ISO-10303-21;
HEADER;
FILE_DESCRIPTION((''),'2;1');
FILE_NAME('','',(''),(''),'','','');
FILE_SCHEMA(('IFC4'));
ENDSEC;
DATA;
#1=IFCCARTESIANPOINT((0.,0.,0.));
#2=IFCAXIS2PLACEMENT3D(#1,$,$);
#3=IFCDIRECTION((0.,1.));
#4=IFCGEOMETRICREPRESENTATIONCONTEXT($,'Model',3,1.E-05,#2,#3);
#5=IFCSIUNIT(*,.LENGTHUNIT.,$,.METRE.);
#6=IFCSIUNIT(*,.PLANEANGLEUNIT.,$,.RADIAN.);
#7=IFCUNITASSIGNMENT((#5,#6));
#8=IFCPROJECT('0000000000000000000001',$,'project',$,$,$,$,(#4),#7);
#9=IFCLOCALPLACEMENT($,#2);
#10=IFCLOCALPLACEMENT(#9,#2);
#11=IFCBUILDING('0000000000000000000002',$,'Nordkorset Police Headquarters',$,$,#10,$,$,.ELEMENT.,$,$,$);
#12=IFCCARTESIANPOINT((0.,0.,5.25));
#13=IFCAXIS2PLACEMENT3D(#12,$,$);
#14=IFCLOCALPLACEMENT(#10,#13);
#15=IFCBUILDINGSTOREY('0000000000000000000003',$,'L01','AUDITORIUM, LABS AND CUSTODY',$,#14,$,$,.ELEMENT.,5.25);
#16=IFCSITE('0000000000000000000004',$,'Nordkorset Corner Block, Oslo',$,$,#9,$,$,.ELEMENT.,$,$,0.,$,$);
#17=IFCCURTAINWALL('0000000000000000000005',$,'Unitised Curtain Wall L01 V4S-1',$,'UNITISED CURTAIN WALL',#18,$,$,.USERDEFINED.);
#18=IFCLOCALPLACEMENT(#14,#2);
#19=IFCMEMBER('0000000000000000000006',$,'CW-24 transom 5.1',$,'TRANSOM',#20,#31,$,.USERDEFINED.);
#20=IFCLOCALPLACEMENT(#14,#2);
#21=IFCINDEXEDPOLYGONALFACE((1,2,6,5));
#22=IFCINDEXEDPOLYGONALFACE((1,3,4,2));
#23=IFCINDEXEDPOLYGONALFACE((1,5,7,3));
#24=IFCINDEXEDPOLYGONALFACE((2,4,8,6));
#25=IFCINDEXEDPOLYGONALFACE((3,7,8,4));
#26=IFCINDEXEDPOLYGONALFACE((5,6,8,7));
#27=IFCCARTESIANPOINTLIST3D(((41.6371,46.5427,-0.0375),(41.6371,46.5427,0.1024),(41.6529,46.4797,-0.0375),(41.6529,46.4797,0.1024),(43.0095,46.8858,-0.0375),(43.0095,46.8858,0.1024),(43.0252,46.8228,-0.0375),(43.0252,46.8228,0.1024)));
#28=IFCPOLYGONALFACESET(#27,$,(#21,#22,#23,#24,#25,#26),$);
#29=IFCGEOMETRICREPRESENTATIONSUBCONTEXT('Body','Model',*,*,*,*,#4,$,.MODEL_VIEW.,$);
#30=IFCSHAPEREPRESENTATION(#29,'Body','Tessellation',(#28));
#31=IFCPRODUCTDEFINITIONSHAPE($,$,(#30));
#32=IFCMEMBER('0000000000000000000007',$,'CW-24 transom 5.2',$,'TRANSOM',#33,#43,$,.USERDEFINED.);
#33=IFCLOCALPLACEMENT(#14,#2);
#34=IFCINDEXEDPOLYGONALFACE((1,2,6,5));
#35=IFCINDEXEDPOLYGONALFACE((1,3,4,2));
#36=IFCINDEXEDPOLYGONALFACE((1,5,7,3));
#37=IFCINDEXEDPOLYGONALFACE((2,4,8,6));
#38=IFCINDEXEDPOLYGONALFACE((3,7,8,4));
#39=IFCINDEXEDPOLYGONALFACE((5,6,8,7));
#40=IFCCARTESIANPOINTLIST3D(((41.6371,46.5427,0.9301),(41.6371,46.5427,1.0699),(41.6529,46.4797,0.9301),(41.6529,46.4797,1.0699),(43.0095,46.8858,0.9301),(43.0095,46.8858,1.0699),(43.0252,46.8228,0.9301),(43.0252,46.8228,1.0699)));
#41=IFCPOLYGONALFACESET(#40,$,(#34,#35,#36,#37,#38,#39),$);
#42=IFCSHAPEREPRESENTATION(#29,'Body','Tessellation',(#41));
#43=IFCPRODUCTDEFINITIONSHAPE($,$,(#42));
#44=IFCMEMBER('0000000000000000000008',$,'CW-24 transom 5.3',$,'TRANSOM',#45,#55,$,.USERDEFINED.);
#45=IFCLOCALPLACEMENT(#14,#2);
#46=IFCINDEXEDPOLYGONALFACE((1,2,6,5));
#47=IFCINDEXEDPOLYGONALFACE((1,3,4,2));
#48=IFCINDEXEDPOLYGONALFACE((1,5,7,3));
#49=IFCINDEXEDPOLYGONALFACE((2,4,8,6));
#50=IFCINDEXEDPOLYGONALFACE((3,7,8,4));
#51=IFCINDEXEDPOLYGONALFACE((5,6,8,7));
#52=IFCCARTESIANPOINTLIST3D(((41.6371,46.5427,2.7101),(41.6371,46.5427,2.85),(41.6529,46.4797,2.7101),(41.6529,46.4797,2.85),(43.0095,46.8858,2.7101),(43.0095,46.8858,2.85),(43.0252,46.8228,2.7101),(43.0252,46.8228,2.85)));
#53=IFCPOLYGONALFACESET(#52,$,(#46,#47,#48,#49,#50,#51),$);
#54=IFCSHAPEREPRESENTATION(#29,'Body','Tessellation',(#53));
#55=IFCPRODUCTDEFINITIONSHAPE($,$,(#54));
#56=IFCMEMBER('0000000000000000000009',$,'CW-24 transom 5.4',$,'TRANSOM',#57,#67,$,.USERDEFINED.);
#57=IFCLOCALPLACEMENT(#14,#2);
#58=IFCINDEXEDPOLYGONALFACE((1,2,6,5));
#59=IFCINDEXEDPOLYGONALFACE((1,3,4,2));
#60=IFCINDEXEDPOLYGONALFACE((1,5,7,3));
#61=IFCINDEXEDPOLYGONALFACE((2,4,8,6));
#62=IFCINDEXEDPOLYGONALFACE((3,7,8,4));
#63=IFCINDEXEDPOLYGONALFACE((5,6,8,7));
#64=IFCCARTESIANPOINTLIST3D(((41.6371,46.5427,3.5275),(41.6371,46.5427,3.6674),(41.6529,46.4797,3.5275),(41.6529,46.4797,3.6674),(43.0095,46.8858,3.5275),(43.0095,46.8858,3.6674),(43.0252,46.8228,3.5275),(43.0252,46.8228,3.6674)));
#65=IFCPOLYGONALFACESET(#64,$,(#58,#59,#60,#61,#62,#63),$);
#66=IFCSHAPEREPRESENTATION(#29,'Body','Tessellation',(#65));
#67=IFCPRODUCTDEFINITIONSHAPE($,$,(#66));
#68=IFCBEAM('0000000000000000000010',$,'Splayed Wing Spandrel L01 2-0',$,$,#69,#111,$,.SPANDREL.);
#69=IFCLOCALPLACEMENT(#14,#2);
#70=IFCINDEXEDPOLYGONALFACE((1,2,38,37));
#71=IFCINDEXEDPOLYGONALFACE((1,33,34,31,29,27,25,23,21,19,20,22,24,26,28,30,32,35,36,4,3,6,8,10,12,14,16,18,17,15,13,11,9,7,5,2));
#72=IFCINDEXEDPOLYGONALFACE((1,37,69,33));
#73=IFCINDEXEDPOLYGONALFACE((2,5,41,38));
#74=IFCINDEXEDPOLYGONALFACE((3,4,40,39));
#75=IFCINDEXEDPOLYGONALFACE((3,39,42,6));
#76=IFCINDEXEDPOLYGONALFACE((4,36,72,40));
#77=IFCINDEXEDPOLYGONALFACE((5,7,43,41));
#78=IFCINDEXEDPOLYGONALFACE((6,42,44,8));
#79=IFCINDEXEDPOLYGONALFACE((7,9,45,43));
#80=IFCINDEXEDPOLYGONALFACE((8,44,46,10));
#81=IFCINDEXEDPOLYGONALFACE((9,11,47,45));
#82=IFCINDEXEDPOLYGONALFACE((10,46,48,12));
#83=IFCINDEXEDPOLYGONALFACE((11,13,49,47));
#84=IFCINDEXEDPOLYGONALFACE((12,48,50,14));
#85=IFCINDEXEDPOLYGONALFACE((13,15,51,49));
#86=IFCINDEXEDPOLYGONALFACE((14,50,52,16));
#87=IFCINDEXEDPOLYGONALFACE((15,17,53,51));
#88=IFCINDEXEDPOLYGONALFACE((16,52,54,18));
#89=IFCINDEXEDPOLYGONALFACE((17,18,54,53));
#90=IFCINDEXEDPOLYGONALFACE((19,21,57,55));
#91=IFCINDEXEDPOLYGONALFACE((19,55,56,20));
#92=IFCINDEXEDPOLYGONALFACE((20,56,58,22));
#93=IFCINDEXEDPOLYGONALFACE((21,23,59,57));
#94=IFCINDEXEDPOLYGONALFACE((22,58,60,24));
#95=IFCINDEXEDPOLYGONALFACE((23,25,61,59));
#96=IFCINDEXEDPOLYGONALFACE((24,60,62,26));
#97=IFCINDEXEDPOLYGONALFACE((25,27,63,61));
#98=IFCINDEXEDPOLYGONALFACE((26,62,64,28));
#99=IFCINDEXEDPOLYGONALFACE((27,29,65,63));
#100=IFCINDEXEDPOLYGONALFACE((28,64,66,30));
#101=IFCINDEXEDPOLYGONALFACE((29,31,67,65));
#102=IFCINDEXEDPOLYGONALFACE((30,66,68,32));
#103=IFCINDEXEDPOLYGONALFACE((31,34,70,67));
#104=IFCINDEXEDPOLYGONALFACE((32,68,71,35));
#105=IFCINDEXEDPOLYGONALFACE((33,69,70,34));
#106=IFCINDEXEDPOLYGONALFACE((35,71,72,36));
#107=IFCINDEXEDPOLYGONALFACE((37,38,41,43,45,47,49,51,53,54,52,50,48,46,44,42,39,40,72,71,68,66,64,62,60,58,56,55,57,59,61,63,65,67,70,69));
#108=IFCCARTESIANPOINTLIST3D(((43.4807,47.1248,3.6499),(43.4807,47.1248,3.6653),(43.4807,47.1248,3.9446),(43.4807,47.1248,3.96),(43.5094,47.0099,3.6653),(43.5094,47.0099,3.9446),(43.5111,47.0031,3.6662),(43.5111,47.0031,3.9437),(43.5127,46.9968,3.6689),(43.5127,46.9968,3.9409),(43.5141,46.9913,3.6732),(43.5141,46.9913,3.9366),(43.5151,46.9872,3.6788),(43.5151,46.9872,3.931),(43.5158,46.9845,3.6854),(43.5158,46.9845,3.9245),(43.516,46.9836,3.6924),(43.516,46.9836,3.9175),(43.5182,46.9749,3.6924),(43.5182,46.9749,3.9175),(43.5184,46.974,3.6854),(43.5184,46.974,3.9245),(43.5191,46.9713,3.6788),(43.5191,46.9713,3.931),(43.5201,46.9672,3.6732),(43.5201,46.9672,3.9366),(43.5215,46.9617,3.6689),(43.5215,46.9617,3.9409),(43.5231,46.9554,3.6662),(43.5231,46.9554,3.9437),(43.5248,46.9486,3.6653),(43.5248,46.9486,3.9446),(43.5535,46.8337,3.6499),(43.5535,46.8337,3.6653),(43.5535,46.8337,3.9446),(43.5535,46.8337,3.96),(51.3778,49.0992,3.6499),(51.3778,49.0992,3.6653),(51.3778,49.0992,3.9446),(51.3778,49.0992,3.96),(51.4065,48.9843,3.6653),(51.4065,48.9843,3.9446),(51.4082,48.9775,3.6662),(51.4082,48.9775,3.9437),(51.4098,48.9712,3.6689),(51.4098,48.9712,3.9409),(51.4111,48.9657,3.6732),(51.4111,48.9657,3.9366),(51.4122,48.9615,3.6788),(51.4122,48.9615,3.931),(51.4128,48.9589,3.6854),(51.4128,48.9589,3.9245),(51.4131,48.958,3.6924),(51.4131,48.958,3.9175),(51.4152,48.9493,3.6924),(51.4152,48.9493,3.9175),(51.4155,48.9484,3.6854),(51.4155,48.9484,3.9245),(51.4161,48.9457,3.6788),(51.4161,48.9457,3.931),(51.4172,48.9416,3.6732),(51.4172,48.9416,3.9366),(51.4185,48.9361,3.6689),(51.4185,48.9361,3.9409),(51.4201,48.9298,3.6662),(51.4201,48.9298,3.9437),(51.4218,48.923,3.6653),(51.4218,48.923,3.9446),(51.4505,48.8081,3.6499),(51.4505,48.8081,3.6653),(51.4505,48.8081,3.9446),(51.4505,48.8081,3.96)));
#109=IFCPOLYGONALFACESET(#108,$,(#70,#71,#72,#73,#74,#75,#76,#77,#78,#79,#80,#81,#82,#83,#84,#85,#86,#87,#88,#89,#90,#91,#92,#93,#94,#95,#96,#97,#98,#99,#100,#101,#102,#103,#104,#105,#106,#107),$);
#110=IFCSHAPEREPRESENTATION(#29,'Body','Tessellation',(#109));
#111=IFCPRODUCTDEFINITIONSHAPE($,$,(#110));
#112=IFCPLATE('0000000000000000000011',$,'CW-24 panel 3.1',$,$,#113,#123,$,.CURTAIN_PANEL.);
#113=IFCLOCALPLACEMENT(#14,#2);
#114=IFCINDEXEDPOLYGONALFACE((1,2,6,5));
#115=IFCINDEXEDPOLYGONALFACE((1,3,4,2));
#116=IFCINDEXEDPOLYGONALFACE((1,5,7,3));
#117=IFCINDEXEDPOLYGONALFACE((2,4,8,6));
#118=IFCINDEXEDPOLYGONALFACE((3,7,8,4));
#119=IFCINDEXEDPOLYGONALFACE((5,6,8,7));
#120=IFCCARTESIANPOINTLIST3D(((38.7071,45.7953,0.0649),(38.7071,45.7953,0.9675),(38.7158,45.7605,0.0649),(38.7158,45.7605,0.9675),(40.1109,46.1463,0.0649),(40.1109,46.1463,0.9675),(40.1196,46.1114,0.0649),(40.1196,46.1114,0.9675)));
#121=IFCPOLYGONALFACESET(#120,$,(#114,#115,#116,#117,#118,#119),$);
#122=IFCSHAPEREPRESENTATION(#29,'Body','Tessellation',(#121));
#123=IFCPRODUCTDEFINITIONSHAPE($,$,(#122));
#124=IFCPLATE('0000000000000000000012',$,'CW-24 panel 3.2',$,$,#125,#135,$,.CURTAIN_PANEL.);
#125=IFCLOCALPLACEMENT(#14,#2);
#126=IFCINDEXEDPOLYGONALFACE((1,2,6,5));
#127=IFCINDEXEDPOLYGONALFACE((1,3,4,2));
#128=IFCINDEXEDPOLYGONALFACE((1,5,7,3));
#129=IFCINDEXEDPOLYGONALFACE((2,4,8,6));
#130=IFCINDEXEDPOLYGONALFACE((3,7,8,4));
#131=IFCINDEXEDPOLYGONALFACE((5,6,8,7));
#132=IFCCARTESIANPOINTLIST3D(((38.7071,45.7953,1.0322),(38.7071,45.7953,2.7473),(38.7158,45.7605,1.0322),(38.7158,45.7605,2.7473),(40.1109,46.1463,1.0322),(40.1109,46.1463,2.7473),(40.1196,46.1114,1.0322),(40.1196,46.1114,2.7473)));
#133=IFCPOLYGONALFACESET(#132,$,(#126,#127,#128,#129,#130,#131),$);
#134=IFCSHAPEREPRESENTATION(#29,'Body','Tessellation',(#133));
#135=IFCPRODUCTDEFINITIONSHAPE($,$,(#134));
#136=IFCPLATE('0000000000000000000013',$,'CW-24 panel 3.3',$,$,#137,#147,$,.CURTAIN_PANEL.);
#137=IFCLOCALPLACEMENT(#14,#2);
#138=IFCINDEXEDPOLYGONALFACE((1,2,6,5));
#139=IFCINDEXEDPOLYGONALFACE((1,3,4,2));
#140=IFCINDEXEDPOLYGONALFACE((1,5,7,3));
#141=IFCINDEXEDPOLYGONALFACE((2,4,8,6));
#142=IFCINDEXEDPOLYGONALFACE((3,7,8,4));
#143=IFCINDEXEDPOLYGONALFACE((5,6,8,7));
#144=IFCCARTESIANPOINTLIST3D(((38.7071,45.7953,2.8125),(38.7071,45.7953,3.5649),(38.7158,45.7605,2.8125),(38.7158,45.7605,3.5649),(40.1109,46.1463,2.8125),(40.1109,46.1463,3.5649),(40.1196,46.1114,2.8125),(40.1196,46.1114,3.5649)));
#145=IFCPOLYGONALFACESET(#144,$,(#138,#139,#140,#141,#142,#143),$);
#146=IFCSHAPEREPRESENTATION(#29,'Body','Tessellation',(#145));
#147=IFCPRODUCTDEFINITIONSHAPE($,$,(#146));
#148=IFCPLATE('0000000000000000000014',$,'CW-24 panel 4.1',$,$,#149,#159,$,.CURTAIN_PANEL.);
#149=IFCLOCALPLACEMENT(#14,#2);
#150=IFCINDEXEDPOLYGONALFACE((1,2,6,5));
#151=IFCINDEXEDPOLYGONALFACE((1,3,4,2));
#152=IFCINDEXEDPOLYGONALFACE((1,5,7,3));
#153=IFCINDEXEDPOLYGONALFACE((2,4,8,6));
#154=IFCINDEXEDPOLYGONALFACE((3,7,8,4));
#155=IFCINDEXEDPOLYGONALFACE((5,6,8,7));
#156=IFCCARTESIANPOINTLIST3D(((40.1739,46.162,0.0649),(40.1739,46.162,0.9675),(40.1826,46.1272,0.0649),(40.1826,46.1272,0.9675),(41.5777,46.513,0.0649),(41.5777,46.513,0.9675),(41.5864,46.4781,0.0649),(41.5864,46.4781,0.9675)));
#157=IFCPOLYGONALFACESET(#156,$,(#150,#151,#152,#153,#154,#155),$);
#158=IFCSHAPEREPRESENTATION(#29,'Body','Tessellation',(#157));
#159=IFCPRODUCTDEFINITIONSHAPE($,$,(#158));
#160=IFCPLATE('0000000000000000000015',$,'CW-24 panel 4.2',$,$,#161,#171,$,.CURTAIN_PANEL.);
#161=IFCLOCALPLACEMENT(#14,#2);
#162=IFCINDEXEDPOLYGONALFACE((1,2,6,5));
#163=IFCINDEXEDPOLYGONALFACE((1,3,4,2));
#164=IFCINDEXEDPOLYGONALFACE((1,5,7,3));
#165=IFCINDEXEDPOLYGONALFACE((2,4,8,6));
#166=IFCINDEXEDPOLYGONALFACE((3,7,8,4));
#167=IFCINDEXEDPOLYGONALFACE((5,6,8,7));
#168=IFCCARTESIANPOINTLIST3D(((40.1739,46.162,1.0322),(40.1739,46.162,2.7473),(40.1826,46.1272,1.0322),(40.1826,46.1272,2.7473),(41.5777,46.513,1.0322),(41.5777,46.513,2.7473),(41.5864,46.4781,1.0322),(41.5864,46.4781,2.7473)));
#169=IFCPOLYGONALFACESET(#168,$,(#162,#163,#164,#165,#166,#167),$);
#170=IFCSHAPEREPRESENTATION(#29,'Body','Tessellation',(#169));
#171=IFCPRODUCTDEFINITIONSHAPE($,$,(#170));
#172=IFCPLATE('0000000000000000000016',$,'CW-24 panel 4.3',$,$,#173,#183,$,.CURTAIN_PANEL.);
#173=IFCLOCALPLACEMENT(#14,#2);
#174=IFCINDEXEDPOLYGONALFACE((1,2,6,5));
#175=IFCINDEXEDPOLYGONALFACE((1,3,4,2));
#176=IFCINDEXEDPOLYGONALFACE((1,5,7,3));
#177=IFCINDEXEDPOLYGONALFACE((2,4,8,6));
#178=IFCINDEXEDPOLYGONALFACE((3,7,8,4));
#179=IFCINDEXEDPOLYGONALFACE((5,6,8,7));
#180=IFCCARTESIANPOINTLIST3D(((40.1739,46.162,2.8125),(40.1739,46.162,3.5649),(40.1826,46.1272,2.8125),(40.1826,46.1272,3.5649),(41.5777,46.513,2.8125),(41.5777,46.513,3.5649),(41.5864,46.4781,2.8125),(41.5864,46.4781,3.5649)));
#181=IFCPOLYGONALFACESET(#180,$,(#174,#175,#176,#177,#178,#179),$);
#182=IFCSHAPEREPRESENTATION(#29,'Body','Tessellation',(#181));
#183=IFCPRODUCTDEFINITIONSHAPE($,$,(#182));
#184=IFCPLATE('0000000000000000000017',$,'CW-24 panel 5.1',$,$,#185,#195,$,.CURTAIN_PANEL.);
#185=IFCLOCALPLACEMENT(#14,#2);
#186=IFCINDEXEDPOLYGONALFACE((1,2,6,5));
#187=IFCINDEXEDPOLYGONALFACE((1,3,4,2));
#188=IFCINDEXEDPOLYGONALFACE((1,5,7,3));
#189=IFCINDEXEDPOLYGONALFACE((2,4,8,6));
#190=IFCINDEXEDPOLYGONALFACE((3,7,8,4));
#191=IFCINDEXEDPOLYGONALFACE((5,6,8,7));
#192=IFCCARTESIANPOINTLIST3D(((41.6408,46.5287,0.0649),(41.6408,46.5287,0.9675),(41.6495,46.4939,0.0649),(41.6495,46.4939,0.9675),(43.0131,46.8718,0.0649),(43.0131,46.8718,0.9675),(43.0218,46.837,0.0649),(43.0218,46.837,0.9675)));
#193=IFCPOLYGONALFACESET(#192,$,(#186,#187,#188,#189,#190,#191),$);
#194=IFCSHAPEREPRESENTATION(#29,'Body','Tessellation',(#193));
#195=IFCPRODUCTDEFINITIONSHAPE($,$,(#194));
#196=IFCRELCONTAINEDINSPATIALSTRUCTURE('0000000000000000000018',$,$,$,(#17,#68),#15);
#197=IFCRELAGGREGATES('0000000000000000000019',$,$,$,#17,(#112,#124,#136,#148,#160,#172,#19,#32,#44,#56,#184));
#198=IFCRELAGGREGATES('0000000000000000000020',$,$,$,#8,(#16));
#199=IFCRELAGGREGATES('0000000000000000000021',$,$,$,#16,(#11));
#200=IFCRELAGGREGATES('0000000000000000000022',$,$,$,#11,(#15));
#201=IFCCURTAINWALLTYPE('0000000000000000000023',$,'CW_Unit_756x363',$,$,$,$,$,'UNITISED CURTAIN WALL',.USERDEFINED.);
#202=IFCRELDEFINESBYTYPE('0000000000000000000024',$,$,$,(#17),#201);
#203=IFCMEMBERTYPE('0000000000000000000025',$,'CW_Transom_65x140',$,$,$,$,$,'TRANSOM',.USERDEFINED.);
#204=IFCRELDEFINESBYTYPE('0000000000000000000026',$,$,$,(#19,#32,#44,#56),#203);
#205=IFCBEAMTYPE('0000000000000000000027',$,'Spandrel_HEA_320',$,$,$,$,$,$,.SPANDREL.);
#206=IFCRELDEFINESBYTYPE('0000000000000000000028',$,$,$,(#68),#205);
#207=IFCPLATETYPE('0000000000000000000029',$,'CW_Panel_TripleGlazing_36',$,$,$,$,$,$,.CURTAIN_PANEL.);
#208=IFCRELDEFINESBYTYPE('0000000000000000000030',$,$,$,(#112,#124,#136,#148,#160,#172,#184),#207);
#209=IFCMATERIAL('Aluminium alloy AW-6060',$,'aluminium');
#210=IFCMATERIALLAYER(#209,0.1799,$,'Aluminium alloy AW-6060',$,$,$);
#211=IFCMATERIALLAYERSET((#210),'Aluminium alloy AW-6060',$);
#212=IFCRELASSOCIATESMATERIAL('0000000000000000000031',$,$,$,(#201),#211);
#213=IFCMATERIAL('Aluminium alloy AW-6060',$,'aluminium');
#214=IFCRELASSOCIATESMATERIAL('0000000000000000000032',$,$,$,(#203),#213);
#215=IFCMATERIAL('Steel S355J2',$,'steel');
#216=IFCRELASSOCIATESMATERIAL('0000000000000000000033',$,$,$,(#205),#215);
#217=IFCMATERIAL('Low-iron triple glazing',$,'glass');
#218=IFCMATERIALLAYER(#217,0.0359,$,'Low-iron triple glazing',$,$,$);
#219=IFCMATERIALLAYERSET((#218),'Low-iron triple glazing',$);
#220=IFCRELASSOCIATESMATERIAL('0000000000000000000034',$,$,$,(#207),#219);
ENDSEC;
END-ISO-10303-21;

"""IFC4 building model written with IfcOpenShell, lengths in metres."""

from ifc_helpers import new_model, si_unit, direction, frame, origin, origin_2d, place, context, subcontext, project, spatial, rectangle, i_section, extrude, material, layer, layer_set, material_profile, profile_set, type_object, element, aggregate, save


model = new_model("IFC4")

# Units and contexts
model_context = context("Model", 3, precision=1e-05, world=origin(), true_north=direction((0.0, 1.0)))
body_context = subcontext(model_context, "Body", "Model", "MODEL_VIEW")
ifc_project = project(units=[si_unit("LENGTHUNIT", "METRE"), si_unit("PLANEANGLEUNIT", "RADIAN")], contexts=[model_context])

# Site, building, storey
site_placement = place(None, origin())
site = spatial("IfcSite", under=ifc_project, at=site_placement, Name="Nordkorset Corner Block, Oslo", CompositionType="ELEMENT", RefElevation=0.0)
building_placement = place(site_placement, origin())
building = spatial("IfcBuilding", under=site, at=building_placement, Name="Nordkorset Police Headquarters", CompositionType="ELEMENT")
storey_placement = place(building_placement, frame((0.0, 0.0, 5.25)))
storey = spatial("IfcBuildingStorey", under=building, at=storey_placement, Name="L01", Description="AUDITORIUM, LABS AND CUSTODY", CompositionType="ELEMENT", Elevation=5.25)

# Curtain wall
ifc_material_1 = material(Name="Aluminium alloy AW-6060", Category="aluminium")
ifc_layer_1 = layer(ifc_material_1, 0.1799, Name="Aluminium alloy AW-6060")
ifc_layer_set_1 = layer_set([ifc_layer_1], Name="Aluminium alloy AW-6060")
curtain_wall_type_1 = type_object("IfcCurtainWallType", Name="CW_Unit_756x363", ElementType="UNITISED CURTAIN WALL", PredefinedType="USERDEFINED", material=ifc_layer_set_1)
curtain_wall_1_placement = place(storey_placement, origin())
curtain_wall_1 = element("IfcCurtainWall", 1, at=curtain_wall_1_placement, inside=storey, type_object=curtain_wall_type_1, Name="Unitised Curtain Wall L01 V4S-1", ObjectType="UNITISED CURTAIN WALL", PredefinedType="USERDEFINED")

# Members
ifc_material_2 = material(Name="Aluminium alloy AW-6060", Category="aluminium")
ifc_material_profile_1 = material_profile(ifc_material_2, rectangle(XDim=0.0649, YDim=0.1399, at=origin_2d()), Name="ALU TRAN 65x140")
ifc_profile_set_1 = profile_set([ifc_material_profile_1], Name="Aluminium alloy AW-6060")
member_type_1 = type_object("IfcMemberType", Name="CW_Transom_65x140", ElementType="TRANSOM", PredefinedType="USERDEFINED", material=ifc_profile_set_1)
member_1_placement = place(storey_placement, frame((41.645, 46.5112, 0.0325), z_axis=(0.970153, 0.242495, 0.0), x_axis=(-0.242495, 0.970153, 0.0)))
member_1 = element("IfcMember", 2, at=member_1_placement, type_object=member_type_1, Name="CW-24 transom 5.1", ObjectType="TRANSOM", PredefinedType="USERDEFINED", context=body_context, shape_type="SweptSolid", body=[
    extrude(rectangle(XDim=0.0649, YDim=0.1399, at=origin_2d()), origin(), (0.0, 0.0, 1.0), 1.4146),
])
member_2_placement = place(storey_placement, frame((41.645, 46.5112, 1.0), z_axis=(0.970153, 0.242495, 0.0), x_axis=(-0.242495, 0.970153, 0.0)))
member_2 = element("IfcMember", 3, at=member_2_placement, type_object=member_type_1, Name="CW-24 transom 5.2", ObjectType="TRANSOM", PredefinedType="USERDEFINED", context=body_context, shape_type="SweptSolid", body=[
    extrude(rectangle(XDim=0.0649, YDim=0.1399, at=origin_2d()), origin(), (0.0, 0.0, 1.0), 1.4146),
])
member_3_placement = place(storey_placement, frame((41.645, 46.5112, 2.78), z_axis=(0.970153, 0.242495, 0.0), x_axis=(-0.242495, 0.970153, 0.0)))
member_3 = element("IfcMember", 4, at=member_3_placement, type_object=member_type_1, Name="CW-24 transom 5.3", ObjectType="TRANSOM", PredefinedType="USERDEFINED", context=body_context, shape_type="SweptSolid", body=[
    extrude(rectangle(XDim=0.0649, YDim=0.1399, at=origin_2d()), origin(), (0.0, 0.0, 1.0), 1.4146),
])
member_4_placement = place(storey_placement, frame((41.645, 46.5112, 3.5974), z_axis=(0.970153, 0.242495, 0.0), x_axis=(-0.242495, 0.970153, 0.0)))
member_4 = element("IfcMember", 5, at=member_4_placement, type_object=member_type_1, Name="CW-24 transom 5.4", ObjectType="TRANSOM", PredefinedType="USERDEFINED", context=body_context, shape_type="SweptSolid", body=[
    extrude(rectangle(XDim=0.0649, YDim=0.1399, at=origin_2d()), origin(), (0.0, 0.0, 1.0), 1.4146),
])

# Beam
ifc_material_3 = material(Name="Steel S355J2", Category="steel")
ifc_material_profile_2 = material_profile(ifc_material_3, i_section(OverallWidth=0.3, OverallDepth=0.3101, WebThickness=0.009, FlangeThickness=0.0154, FilletRadius=0.0271, at=origin_2d()), Name="HEA 320")
ifc_profile_set_2 = profile_set([ifc_material_profile_2], Name="Steel S355J2")
beam_type = type_object("IfcBeamType", Name="Spandrel_HEA_320", PredefinedType="SPANDREL", material=ifc_profile_set_2)
beam_placement = place(storey_placement, frame((43.5171, 46.9792, 3.8049), z_axis=(0.970139, 0.24255, 0.0), x_axis=(-0.24255, 0.970139, 0.0)))
element("IfcBeam", 6, at=beam_placement, inside=storey, type_object=beam_type, Name="Splayed Wing Spandrel L01 2-0", PredefinedType="SPANDREL", context=body_context, shape_type="SweptSolid", body=[
    extrude(i_section(OverallWidth=0.3, OverallDepth=0.3101, WebThickness=0.009, FlangeThickness=0.0154, FilletRadius=0.0271, at=origin_2d()), origin(), (0.0, 0.0, 1.0), 8.1401),
])

# Plates
ifc_material_4 = material(Name="Low-iron triple glazing", Category="glass")
ifc_layer_2 = layer(ifc_material_4, 0.0359, Name="Low-iron triple glazing")
ifc_layer_set_2 = layer_set([ifc_layer_2], Name="Low-iron triple glazing")
plate_type = type_object("IfcPlateType", Name="CW_Panel_TripleGlazing_36", PredefinedType="CURTAIN_PANEL", material=ifc_layer_set_2)
plate_1_placement = place(storey_placement, frame((39.4133, 45.9534, 0.0649), z_axis=(0.0, 0.0, 1.0), x_axis=(0.970143, 0.242536, 0.0)))
plate_1 = element("IfcPlate", 7, at=plate_1_placement, type_object=plate_type, Name="CW-24 panel 3.1", PredefinedType="CURTAIN_PANEL", context=body_context, shape_type="SweptSolid", body=[
    extrude(rectangle(XDim=1.447, YDim=0.0359, at=origin_2d()), origin(), (0.0, 0.0, 1.0), 0.9026),
])
plate_2_placement = place(storey_placement, frame((39.4133, 45.9534, 1.0322), z_axis=(0.0, 0.0, 1.0), x_axis=(0.970143, 0.242536, 0.0)))
plate_2 = element("IfcPlate", 8, at=plate_2_placement, type_object=plate_type, Name="CW-24 panel 3.2", PredefinedType="CURTAIN_PANEL", context=body_context, shape_type="SweptSolid", body=[
    extrude(rectangle(XDim=1.447, YDim=0.0359, at=origin_2d()), origin(), (0.0, 0.0, 1.0), 1.7151),
])
plate_3_placement = place(storey_placement, frame((39.4133, 45.9534, 2.8125), z_axis=(0.0, 0.0, 1.0), x_axis=(0.970143, 0.242536, 0.0)))
plate_3 = element("IfcPlate", 9, at=plate_3_placement, type_object=plate_type, Name="CW-24 panel 3.3", PredefinedType="CURTAIN_PANEL", context=body_context, shape_type="SweptSolid", body=[
    extrude(rectangle(XDim=1.447, YDim=0.0359, at=origin_2d()), origin(), (0.0, 0.0, 1.0), 0.7524),
])
plate_4_placement = place(storey_placement, frame((40.8801, 46.3201, 0.0649), z_axis=(0.0, 0.0, 1.0), x_axis=(0.970143, 0.242536, 0.0)))
plate_4 = element("IfcPlate", 10, at=plate_4_placement, type_object=plate_type, Name="CW-24 panel 4.1", PredefinedType="CURTAIN_PANEL", context=body_context, shape_type="SweptSolid", body=[
    extrude(rectangle(XDim=1.447, YDim=0.0359, at=origin_2d()), origin(), (0.0, 0.0, 1.0), 0.9026),
])
plate_5_placement = place(storey_placement, frame((40.8801, 46.3201, 1.0322), z_axis=(0.0, 0.0, 1.0), x_axis=(0.970143, 0.242536, 0.0)))
plate_5 = element("IfcPlate", 11, at=plate_5_placement, type_object=plate_type, Name="CW-24 panel 4.2", PredefinedType="CURTAIN_PANEL", context=body_context, shape_type="SweptSolid", body=[
    extrude(rectangle(XDim=1.447, YDim=0.0359, at=origin_2d()), origin(), (0.0, 0.0, 1.0), 1.7151),
])
plate_6_placement = place(storey_placement, frame((40.8801, 46.3201, 2.8125), z_axis=(0.0, 0.0, 1.0), x_axis=(0.970143, 0.242536, 0.0)))
plate_6 = element("IfcPlate", 12, at=plate_6_placement, type_object=plate_type, Name="CW-24 panel 4.3", PredefinedType="CURTAIN_PANEL", context=body_context, shape_type="SweptSolid", body=[
    extrude(rectangle(XDim=1.447, YDim=0.0359, at=origin_2d()), origin(), (0.0, 0.0, 1.0), 0.7524),
])
plate_7_placement = place(storey_placement, frame((42.3313, 46.6829, 0.0649), z_axis=(0.0, 0.0, 1.0), x_axis=(0.970143, 0.242536, 0.0)))
plate_7 = element("IfcPlate", 13, at=plate_7_placement, type_object=plate_type, Name="CW-24 panel 5.1", PredefinedType="CURTAIN_PANEL", context=body_context, shape_type="SweptSolid", body=[
    extrude(rectangle(XDim=1.4146, YDim=0.0359, at=origin_2d()), origin(), (0.0, 0.0, 1.0), 0.9026),
])
aggregate(curtain_wall_1, [plate_1, plate_2, plate_3, plate_4, plate_5, plate_6, member_1, member_2, member_3, member_4, plate_7])

save(model, "model.ifc")
